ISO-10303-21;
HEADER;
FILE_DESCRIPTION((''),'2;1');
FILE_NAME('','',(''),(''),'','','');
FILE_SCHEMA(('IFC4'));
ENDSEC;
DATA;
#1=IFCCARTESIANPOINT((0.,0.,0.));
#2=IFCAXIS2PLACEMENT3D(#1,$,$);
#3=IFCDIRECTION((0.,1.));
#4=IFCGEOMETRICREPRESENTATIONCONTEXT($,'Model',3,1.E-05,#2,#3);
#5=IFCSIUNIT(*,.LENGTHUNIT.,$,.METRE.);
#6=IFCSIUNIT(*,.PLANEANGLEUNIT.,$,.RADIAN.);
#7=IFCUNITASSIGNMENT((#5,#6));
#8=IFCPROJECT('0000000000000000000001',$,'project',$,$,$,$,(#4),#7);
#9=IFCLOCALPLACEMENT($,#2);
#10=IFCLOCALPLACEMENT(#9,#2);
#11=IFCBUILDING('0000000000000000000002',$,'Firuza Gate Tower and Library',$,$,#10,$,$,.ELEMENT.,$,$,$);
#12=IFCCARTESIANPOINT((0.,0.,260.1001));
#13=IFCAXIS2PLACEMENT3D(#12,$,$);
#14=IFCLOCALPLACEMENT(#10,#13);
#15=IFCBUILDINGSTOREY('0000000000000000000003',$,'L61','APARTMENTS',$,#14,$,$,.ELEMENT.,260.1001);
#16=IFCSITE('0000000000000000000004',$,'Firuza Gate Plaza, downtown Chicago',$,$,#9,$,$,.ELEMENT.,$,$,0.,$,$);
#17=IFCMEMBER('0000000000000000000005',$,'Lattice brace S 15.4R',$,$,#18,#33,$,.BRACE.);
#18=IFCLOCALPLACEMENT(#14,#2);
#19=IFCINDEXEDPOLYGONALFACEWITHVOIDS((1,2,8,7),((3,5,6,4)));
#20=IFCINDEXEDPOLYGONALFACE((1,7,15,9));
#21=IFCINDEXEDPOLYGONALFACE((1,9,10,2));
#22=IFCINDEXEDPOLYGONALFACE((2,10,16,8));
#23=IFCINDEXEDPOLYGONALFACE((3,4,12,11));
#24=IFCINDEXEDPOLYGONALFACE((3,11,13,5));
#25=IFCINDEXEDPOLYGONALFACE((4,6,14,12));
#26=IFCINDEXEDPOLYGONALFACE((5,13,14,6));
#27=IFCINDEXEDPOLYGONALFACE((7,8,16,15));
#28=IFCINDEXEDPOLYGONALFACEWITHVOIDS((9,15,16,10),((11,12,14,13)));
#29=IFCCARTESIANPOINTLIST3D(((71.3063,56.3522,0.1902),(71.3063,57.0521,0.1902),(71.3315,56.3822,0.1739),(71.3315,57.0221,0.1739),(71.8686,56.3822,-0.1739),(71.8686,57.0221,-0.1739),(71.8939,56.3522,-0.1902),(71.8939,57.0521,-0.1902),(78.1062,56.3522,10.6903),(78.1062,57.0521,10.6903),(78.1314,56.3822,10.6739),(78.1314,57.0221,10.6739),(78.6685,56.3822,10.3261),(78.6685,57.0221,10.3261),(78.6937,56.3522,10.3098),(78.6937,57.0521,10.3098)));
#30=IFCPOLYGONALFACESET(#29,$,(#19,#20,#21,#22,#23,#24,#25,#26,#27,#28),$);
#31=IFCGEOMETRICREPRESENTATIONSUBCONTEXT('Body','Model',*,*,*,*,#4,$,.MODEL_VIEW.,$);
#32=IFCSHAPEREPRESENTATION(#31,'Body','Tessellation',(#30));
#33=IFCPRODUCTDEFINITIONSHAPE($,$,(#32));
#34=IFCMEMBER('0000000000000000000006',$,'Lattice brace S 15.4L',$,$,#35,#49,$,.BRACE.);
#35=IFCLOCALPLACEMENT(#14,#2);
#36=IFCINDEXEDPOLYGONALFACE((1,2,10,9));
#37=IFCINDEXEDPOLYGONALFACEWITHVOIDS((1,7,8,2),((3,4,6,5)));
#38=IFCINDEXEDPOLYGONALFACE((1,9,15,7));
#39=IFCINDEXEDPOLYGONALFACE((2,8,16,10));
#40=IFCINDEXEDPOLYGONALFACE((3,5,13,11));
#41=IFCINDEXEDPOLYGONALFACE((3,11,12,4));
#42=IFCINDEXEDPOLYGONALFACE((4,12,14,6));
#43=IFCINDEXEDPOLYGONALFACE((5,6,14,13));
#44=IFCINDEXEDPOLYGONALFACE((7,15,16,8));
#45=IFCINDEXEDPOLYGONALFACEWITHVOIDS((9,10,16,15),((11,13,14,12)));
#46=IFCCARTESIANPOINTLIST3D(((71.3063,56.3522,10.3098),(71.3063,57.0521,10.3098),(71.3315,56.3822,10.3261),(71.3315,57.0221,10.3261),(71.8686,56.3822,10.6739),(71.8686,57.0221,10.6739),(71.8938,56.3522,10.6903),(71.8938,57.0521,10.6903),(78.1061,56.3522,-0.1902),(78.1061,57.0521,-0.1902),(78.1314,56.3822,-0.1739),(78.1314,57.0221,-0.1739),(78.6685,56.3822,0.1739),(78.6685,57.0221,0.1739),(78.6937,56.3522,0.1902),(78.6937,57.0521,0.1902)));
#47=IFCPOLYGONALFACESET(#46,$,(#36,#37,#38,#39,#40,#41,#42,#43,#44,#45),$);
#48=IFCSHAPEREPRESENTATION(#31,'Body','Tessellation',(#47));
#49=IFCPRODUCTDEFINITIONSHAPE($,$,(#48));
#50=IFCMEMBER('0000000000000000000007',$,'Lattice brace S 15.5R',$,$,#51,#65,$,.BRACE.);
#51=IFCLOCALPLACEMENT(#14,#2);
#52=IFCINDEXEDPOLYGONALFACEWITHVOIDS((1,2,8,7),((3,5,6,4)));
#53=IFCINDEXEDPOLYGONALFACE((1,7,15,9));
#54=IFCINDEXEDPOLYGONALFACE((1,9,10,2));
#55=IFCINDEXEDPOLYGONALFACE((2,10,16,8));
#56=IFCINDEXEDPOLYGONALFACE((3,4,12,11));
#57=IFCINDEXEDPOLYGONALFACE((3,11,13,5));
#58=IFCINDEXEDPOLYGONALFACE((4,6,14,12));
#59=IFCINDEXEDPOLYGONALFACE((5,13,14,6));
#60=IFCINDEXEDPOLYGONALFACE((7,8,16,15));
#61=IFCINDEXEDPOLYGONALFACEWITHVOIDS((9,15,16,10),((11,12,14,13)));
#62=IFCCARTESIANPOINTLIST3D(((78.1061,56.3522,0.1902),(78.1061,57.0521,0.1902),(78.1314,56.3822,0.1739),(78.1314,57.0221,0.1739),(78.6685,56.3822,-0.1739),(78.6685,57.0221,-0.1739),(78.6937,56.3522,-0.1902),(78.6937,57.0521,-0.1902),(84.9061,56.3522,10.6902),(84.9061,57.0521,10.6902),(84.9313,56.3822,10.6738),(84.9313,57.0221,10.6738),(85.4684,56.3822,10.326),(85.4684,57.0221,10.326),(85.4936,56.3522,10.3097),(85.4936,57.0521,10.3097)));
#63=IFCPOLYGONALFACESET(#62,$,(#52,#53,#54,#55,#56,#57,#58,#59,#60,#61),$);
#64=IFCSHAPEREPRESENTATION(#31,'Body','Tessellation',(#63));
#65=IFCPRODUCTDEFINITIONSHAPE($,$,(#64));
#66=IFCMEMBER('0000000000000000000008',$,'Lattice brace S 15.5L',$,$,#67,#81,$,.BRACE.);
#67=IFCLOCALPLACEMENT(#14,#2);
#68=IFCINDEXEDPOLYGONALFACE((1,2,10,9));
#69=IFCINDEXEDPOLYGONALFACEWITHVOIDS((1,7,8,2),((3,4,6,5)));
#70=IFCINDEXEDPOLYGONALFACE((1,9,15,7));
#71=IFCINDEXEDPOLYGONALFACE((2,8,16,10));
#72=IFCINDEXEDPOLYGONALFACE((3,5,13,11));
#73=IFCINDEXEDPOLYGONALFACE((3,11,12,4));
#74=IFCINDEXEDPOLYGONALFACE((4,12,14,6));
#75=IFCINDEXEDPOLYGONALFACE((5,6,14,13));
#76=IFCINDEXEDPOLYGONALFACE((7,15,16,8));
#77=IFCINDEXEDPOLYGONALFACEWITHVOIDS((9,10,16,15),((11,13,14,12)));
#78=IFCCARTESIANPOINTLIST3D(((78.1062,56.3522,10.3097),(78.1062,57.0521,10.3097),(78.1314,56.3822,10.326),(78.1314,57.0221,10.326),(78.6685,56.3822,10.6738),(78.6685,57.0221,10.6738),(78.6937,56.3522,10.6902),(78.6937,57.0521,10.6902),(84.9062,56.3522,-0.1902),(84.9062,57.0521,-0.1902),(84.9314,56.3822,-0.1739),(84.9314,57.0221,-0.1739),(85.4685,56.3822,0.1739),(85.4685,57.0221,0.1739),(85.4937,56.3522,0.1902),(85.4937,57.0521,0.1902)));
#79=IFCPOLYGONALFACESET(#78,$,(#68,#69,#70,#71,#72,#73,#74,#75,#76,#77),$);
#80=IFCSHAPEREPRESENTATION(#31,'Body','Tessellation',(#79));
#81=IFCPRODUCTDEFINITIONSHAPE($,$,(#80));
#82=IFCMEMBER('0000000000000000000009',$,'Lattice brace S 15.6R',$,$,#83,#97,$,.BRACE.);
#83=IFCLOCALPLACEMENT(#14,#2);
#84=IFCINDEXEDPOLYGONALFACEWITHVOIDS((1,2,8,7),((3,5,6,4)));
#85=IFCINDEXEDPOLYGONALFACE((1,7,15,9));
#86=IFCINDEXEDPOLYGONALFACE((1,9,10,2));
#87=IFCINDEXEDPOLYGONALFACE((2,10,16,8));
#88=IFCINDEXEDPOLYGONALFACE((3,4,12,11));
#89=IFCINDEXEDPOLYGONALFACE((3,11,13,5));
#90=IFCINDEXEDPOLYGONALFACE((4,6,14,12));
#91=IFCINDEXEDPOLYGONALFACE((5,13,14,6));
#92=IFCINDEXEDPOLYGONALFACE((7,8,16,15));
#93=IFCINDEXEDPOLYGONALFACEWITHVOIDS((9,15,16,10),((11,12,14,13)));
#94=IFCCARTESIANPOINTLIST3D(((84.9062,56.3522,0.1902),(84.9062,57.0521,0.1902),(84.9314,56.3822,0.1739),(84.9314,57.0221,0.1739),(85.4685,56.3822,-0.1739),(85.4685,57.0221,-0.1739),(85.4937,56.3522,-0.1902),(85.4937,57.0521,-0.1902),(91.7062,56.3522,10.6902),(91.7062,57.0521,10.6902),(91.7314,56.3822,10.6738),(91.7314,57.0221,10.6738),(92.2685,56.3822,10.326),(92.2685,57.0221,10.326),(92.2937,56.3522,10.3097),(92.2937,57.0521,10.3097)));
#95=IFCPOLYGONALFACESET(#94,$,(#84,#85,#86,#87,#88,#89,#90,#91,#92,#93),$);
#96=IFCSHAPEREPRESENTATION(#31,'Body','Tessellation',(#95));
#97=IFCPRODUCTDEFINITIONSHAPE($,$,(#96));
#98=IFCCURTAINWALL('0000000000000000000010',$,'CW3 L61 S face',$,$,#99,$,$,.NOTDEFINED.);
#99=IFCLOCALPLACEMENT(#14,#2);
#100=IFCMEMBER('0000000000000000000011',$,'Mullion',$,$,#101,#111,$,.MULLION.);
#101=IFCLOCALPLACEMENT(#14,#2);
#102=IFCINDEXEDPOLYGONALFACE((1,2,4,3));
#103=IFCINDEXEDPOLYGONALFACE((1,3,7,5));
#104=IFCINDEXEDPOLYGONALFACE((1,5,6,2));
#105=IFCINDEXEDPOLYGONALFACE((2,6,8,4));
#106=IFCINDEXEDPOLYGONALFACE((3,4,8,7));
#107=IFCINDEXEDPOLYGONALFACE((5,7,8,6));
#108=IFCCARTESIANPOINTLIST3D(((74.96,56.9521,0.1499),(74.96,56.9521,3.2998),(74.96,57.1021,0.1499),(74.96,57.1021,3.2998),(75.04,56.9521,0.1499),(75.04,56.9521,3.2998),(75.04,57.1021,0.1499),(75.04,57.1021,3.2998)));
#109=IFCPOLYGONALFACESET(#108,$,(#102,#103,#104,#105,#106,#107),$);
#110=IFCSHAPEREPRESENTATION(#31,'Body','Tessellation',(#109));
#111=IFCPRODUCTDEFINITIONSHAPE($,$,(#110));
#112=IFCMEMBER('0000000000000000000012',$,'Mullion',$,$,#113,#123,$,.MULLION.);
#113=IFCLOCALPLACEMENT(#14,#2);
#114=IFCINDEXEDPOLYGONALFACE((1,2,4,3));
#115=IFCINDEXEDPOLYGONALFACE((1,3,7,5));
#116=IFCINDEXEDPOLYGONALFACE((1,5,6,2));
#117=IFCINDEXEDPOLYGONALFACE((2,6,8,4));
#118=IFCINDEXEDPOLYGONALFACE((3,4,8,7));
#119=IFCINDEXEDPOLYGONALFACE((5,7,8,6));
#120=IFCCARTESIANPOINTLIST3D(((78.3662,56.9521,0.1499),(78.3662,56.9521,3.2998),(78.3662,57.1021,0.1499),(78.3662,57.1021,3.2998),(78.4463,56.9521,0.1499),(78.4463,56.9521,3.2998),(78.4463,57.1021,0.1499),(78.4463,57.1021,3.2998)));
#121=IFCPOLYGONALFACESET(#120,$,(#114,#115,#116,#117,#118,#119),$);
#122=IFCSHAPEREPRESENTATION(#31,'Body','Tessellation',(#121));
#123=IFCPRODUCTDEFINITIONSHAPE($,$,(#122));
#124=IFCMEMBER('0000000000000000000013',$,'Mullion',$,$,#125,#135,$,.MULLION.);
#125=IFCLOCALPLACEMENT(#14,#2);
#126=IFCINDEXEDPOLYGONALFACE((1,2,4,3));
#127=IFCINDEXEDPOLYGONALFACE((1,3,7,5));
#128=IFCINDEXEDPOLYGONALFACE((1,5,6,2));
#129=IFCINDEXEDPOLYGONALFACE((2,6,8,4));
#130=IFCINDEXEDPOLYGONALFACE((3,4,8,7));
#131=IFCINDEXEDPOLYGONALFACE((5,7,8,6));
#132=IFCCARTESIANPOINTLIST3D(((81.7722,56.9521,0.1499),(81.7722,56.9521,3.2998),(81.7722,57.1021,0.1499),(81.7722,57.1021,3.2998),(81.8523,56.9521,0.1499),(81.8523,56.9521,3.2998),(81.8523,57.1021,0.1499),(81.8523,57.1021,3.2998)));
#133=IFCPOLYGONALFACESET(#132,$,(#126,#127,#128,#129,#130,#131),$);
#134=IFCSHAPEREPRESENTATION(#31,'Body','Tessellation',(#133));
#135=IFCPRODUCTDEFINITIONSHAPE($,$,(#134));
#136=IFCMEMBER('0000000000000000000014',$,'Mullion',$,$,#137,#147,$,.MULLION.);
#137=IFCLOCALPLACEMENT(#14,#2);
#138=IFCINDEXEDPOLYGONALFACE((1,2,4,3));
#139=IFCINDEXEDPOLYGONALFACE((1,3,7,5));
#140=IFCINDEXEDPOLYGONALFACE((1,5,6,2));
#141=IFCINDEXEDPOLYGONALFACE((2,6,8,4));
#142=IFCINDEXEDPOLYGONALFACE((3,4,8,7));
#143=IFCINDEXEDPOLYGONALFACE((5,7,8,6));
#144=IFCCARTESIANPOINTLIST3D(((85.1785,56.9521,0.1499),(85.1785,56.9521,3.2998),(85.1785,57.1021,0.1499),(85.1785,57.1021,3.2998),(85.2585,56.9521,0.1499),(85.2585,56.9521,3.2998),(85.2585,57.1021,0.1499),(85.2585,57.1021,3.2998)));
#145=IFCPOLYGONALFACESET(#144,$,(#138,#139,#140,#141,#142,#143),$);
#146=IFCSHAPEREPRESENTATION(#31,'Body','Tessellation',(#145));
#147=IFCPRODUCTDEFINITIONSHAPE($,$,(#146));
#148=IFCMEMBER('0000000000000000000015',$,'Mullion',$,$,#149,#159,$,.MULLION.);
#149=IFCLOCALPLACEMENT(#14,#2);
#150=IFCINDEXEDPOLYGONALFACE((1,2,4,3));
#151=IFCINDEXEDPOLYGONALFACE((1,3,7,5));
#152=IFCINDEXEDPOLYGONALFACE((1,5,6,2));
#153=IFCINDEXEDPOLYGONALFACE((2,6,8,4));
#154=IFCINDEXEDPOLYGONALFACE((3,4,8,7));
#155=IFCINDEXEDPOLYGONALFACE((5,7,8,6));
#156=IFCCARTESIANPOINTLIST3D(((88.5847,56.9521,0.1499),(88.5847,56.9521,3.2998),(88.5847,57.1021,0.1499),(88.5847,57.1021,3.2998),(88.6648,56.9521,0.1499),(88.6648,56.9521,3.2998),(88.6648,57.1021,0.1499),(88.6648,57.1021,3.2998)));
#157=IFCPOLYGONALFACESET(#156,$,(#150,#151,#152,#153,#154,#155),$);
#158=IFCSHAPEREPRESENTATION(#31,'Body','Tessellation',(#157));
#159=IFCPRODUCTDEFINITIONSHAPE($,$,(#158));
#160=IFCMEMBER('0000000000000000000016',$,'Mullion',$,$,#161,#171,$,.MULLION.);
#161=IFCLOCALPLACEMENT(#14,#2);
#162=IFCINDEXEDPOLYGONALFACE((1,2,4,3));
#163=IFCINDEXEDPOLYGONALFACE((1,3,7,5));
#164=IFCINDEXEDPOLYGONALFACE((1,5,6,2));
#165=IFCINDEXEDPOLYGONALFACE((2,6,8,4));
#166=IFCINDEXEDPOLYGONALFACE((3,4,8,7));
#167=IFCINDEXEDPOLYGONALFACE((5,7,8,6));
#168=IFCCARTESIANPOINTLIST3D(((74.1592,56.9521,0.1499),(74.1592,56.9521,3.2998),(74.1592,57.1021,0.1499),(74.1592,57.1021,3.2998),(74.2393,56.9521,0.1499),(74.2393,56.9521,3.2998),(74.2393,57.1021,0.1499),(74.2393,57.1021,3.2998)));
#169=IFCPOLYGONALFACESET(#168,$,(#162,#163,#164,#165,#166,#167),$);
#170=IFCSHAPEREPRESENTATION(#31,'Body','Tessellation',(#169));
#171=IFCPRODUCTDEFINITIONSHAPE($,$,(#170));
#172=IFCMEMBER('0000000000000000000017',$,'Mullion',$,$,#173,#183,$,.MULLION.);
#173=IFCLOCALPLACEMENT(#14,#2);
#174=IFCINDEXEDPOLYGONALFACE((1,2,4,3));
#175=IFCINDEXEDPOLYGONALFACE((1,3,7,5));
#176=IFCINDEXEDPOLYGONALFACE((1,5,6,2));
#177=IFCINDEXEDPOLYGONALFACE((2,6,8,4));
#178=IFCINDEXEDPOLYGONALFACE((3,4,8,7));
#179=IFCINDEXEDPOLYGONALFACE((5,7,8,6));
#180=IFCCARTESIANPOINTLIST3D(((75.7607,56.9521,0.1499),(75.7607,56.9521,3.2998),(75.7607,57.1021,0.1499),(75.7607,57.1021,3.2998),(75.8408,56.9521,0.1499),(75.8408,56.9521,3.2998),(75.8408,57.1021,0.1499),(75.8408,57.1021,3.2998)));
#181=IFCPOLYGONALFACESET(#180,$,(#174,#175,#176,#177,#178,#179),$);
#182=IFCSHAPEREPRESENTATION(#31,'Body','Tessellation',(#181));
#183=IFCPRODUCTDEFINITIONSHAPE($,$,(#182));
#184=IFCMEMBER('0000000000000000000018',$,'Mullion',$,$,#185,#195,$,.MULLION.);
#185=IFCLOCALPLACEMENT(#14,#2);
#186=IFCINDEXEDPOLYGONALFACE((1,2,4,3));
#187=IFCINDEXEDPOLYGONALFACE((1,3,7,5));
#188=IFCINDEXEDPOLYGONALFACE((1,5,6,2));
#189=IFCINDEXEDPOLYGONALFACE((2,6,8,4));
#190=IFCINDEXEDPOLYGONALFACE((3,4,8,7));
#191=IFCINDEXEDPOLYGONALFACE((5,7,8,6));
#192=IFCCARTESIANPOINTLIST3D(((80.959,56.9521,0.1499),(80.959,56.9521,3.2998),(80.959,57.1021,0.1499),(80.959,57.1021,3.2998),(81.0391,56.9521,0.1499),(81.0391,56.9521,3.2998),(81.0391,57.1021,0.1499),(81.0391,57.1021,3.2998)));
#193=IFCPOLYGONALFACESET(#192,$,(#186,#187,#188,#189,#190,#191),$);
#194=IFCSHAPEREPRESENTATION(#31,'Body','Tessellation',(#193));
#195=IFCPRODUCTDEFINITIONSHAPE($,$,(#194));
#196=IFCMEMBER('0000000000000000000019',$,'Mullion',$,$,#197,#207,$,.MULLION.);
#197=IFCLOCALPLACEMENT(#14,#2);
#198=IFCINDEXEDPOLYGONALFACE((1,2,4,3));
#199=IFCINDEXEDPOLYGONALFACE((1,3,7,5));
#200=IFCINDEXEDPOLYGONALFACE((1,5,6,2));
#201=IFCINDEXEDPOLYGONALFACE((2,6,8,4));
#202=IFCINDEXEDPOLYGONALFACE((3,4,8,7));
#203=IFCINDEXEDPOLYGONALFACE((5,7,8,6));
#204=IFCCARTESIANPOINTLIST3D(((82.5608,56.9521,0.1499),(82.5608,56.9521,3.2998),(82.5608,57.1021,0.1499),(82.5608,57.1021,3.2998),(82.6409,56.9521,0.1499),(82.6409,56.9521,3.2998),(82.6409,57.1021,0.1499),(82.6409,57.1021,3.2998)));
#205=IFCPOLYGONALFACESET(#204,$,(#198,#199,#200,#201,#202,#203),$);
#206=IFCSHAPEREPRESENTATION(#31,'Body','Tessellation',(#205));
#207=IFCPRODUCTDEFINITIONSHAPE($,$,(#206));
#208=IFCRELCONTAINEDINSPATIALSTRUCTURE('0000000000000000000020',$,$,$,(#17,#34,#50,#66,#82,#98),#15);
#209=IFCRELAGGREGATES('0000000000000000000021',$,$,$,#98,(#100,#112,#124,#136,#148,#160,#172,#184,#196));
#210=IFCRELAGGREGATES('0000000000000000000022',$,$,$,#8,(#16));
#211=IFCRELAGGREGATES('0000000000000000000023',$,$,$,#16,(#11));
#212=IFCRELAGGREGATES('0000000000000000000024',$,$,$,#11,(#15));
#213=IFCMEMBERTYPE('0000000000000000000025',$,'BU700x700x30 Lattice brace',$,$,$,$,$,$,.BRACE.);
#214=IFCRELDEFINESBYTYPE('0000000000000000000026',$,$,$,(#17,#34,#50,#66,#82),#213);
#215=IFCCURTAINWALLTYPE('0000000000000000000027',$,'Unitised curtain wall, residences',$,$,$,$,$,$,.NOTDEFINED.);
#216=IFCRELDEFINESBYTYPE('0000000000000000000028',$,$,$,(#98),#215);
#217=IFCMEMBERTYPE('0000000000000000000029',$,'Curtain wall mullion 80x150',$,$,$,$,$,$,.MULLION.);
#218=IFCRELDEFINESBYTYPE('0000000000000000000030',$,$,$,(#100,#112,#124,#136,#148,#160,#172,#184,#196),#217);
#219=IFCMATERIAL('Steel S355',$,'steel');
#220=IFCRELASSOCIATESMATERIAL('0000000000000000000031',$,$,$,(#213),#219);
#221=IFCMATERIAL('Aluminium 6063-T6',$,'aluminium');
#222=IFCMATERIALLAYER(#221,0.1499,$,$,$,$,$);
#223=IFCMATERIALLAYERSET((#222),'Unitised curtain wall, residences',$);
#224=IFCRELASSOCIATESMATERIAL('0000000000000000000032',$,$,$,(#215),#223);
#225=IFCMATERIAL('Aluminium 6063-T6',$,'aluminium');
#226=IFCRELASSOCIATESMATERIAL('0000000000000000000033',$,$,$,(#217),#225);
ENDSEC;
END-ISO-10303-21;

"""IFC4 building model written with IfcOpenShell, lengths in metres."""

from ifc_helpers import new_model, si_unit, direction, frame, origin, origin_2d, place, context, subcontext, project, spatial, rectangle, hollow_rectangle, extrude, material, layer, layer_set, material_profile, profile_set, type_object, element, aggregate, save


model = new_model("IFC4")

# Units and contexts
model_context = context("Model", 3, precision=1e-05, world=origin(), true_north=direction((0.0, 1.0)))
body_context = subcontext(model_context, "Body", "Model", "MODEL_VIEW")
ifc_project = project(units=[si_unit("LENGTHUNIT", "METRE"), si_unit("PLANEANGLEUNIT", "RADIAN")], contexts=[model_context])

# Site, building, storey
site_placement = place(None, origin())
site = spatial("IfcSite", under=ifc_project, at=site_placement, Name="Firuza Gate Plaza, downtown Chicago", CompositionType="ELEMENT", RefElevation=0.0)
building_placement = place(site_placement, origin())
building = spatial("IfcBuilding", under=site, at=building_placement, Name="Firuza Gate Tower and Library", CompositionType="ELEMENT")
storey_placement = place(building_placement, frame((0.0, 0.0, 260.1001)))
storey = spatial("IfcBuildingStorey", under=building, at=storey_placement, Name="L61", Description="APARTMENTS", CompositionType="ELEMENT", Elevation=260.1001)

# Members
ifc_material_1 = material(Name="Steel S355", Category="steel")
ifc_material_profile_1 = material_profile(ifc_material_1, hollow_rectangle(XDim=0.7, YDim=0.7, WallThickness=0.03, at=origin_2d()))
ifc_profile_set_1 = profile_set([ifc_material_profile_1], Name="Steel S355")
member_type_1 = type_object("IfcMemberType", Name="BU700x700x30 Lattice brace", PredefinedType="BRACE", material=ifc_profile_set_1)
for number, where, z_axis, x_axis, name in (
    (1, (71.6001, 56.7021, 0.0), (0.543572, 0.0, 0.839363), (0.0, 1.0, 0.0), "Lattice brace S 15.4R"),
    (2, (78.3999, 56.7021, 0.0), (-0.543572, 0.0, 0.839363), (0.0, -1.0, 0.0), "Lattice brace S 15.4L"),
    (3, (78.3999, 56.7021, 0.0), (0.543585, 0.0, 0.839354), (0.0, 1.0, 0.0), "Lattice brace S 15.5R"),
    (4, (85.2, 56.7021, 0.0), (-0.543585, 0.0, 0.839354), (0.0, -1.0, 0.0), "Lattice brace S 15.5L"),
    (5, (85.2, 56.7021, 0.0), (0.543585, 0.0, 0.839354), (0.0, 1.0, 0.0), "Lattice brace S 15.6R"),
):
    element("IfcMember", number, at=place(storey_placement, frame(where, z_axis=z_axis, x_axis=x_axis)), inside=storey, type_object=member_type_1, Name=name, PredefinedType="BRACE", context=body_context, shape_type="SweptSolid", body=[
        extrude(hollow_rectangle(XDim=0.7, YDim=0.7, WallThickness=0.03, at=origin_2d()), origin(), (0.0, 0.0, 1.0), 12.5095),
    ])

# Curtain wall, members
ifc_material_2 = material(Name="Aluminium 6063-T6", Category="aluminium")
ifc_layer_1 = layer(ifc_material_2, 0.1499)
ifc_layer_set_1 = layer_set([ifc_layer_1], Name="Unitised curtain wall, residences")
curtain_wall_type = type_object("IfcCurtainWallType", Name="Unitised curtain wall, residences", PredefinedType="NOTDEFINED", material=ifc_layer_set_1)
curtain_wall_placement = place(storey_placement, origin())
curtain_wall = element("IfcCurtainWall", 6, at=curtain_wall_placement, inside=storey, type_object=curtain_wall_type, Name="CW3 L61 S face", PredefinedType="NOTDEFINED")
ifc_material_3 = material(Name="Aluminium 6063-T6", Category="aluminium")
ifc_material_profile_2 = material_profile(ifc_material_3, rectangle(XDim=0.1499, YDim=0.0801, at=origin_2d()))
ifc_profile_set_2 = profile_set([ifc_material_profile_2], Name="Aluminium 6063-T6")
member_type_2 = type_object("IfcMemberType", Name="Curtain wall mullion 80x150", PredefinedType="MULLION", material=ifc_profile_set_2)
member_1_placement = place(storey_placement, frame((75.0, 57.0271, 0.1499), z_axis=(0.0, 0.0, 1.0), x_axis=(0.0, 1.0, 0.0)))
member_1 = element("IfcMember", 7, at=member_1_placement, type_object=member_type_2, Name="Mullion", PredefinedType="MULLION", context=body_context, shape_type="SweptSolid", body=[
    extrude(rectangle(XDim=0.1499, YDim=0.0801, at=origin_2d()), origin(), (0.0, 0.0, 1.0), 3.1499),
])
member_2_placement = place(storey_placement, frame((78.4062, 57.0271, 0.1499), z_axis=(0.0, 0.0, 1.0), x_axis=(0.0, 1.0, 0.0)))
member_2 = element("IfcMember", 8, at=member_2_placement, type_object=member_type_2, Name="Mullion", PredefinedType="MULLION", context=body_context, shape_type="SweptSolid", body=[
    extrude(rectangle(XDim=0.1499, YDim=0.0801, at=origin_2d()), origin(), (0.0, 0.0, 1.0), 3.1499),
])
member_3_placement = place(storey_placement, frame((81.8123, 57.0271, 0.1499), z_axis=(0.0, 0.0, 1.0), x_axis=(0.0, 1.0, 0.0)))
member_3 = element("IfcMember", 9, at=member_3_placement, type_object=member_type_2, Name="Mullion", PredefinedType="MULLION", context=body_context, shape_type="SweptSolid", body=[
    extrude(rectangle(XDim=0.1499, YDim=0.0801, at=origin_2d()), origin(), (0.0, 0.0, 1.0), 3.1499),
])
member_4_placement = place(storey_placement, frame((85.2185, 57.0271, 0.1499), z_axis=(0.0, 0.0, 1.0), x_axis=(0.0, 1.0, 0.0)))
member_4 = element("IfcMember", 10, at=member_4_placement, type_object=member_type_2, Name="Mullion", PredefinedType="MULLION", context=body_context, shape_type="SweptSolid", body=[
    extrude(rectangle(XDim=0.1499, YDim=0.0801, at=origin_2d()), origin(), (0.0, 0.0, 1.0), 3.1499),
])
member_5_placement = place(storey_placement, frame((88.6248, 57.0271, 0.1499), z_axis=(0.0, 0.0, 1.0), x_axis=(0.0, 1.0, 0.0)))
member_5 = element("IfcMember", 11, at=member_5_placement, type_object=member_type_2, Name="Mullion", PredefinedType="MULLION", context=body_context, shape_type="SweptSolid", body=[
    extrude(rectangle(XDim=0.1499, YDim=0.0801, at=origin_2d()), origin(), (0.0, 0.0, 1.0), 3.1499),
])
member_6_placement = place(storey_placement, frame((74.1992, 57.0271, 0.1499), z_axis=(0.0, 0.0, 1.0), x_axis=(0.0, 1.0, 0.0)))
member_6 = element("IfcMember", 12, at=member_6_placement, type_object=member_type_2, Name="Mullion", PredefinedType="MULLION", context=body_context, shape_type="SweptSolid", body=[
    extrude(rectangle(XDim=0.1499, YDim=0.0801, at=origin_2d()), origin(), (0.0, 0.0, 1.0), 3.1499),
])
member_7_placement = place(storey_placement, frame((75.8008, 57.0271, 0.1499), z_axis=(0.0, 0.0, 1.0), x_axis=(0.0, 1.0, 0.0)))
member_7 = element("IfcMember", 13, at=member_7_placement, type_object=member_type_2, Name="Mullion", PredefinedType="MULLION", context=body_context, shape_type="SweptSolid", body=[
    extrude(rectangle(XDim=0.1499, YDim=0.0801, at=origin_2d()), origin(), (0.0, 0.0, 1.0), 3.1499),
])
member_8_placement = place(storey_placement, frame((80.999, 57.0271, 0.1499), z_axis=(0.0, 0.0, 1.0), x_axis=(0.0, 1.0, 0.0)))
member_8 = element("IfcMember", 14, at=member_8_placement, type_object=member_type_2, Name="Mullion", PredefinedType="MULLION", context=body_context, shape_type="SweptSolid", body=[
    extrude(rectangle(XDim=0.1499, YDim=0.0801, at=origin_2d()), origin(), (0.0, 0.0, 1.0), 3.1499),
])
member_9_placement = place(storey_placement, frame((82.6008, 57.0271, 0.1499), z_axis=(0.0, 0.0, 1.0), x_axis=(0.0, 1.0, 0.0)))
member_9 = element("IfcMember", 15, at=member_9_placement, type_object=member_type_2, Name="Mullion", PredefinedType="MULLION", context=body_context, shape_type="SweptSolid", body=[
    extrude(rectangle(XDim=0.1499, YDim=0.0801, at=origin_2d()), origin(), (0.0, 0.0, 1.0), 3.1499),
])

aggregate(curtain_wall, [member_1, member_2, member_3, member_4, member_5, member_6, member_7, member_8, member_9])

save(model, "model.ifc")
